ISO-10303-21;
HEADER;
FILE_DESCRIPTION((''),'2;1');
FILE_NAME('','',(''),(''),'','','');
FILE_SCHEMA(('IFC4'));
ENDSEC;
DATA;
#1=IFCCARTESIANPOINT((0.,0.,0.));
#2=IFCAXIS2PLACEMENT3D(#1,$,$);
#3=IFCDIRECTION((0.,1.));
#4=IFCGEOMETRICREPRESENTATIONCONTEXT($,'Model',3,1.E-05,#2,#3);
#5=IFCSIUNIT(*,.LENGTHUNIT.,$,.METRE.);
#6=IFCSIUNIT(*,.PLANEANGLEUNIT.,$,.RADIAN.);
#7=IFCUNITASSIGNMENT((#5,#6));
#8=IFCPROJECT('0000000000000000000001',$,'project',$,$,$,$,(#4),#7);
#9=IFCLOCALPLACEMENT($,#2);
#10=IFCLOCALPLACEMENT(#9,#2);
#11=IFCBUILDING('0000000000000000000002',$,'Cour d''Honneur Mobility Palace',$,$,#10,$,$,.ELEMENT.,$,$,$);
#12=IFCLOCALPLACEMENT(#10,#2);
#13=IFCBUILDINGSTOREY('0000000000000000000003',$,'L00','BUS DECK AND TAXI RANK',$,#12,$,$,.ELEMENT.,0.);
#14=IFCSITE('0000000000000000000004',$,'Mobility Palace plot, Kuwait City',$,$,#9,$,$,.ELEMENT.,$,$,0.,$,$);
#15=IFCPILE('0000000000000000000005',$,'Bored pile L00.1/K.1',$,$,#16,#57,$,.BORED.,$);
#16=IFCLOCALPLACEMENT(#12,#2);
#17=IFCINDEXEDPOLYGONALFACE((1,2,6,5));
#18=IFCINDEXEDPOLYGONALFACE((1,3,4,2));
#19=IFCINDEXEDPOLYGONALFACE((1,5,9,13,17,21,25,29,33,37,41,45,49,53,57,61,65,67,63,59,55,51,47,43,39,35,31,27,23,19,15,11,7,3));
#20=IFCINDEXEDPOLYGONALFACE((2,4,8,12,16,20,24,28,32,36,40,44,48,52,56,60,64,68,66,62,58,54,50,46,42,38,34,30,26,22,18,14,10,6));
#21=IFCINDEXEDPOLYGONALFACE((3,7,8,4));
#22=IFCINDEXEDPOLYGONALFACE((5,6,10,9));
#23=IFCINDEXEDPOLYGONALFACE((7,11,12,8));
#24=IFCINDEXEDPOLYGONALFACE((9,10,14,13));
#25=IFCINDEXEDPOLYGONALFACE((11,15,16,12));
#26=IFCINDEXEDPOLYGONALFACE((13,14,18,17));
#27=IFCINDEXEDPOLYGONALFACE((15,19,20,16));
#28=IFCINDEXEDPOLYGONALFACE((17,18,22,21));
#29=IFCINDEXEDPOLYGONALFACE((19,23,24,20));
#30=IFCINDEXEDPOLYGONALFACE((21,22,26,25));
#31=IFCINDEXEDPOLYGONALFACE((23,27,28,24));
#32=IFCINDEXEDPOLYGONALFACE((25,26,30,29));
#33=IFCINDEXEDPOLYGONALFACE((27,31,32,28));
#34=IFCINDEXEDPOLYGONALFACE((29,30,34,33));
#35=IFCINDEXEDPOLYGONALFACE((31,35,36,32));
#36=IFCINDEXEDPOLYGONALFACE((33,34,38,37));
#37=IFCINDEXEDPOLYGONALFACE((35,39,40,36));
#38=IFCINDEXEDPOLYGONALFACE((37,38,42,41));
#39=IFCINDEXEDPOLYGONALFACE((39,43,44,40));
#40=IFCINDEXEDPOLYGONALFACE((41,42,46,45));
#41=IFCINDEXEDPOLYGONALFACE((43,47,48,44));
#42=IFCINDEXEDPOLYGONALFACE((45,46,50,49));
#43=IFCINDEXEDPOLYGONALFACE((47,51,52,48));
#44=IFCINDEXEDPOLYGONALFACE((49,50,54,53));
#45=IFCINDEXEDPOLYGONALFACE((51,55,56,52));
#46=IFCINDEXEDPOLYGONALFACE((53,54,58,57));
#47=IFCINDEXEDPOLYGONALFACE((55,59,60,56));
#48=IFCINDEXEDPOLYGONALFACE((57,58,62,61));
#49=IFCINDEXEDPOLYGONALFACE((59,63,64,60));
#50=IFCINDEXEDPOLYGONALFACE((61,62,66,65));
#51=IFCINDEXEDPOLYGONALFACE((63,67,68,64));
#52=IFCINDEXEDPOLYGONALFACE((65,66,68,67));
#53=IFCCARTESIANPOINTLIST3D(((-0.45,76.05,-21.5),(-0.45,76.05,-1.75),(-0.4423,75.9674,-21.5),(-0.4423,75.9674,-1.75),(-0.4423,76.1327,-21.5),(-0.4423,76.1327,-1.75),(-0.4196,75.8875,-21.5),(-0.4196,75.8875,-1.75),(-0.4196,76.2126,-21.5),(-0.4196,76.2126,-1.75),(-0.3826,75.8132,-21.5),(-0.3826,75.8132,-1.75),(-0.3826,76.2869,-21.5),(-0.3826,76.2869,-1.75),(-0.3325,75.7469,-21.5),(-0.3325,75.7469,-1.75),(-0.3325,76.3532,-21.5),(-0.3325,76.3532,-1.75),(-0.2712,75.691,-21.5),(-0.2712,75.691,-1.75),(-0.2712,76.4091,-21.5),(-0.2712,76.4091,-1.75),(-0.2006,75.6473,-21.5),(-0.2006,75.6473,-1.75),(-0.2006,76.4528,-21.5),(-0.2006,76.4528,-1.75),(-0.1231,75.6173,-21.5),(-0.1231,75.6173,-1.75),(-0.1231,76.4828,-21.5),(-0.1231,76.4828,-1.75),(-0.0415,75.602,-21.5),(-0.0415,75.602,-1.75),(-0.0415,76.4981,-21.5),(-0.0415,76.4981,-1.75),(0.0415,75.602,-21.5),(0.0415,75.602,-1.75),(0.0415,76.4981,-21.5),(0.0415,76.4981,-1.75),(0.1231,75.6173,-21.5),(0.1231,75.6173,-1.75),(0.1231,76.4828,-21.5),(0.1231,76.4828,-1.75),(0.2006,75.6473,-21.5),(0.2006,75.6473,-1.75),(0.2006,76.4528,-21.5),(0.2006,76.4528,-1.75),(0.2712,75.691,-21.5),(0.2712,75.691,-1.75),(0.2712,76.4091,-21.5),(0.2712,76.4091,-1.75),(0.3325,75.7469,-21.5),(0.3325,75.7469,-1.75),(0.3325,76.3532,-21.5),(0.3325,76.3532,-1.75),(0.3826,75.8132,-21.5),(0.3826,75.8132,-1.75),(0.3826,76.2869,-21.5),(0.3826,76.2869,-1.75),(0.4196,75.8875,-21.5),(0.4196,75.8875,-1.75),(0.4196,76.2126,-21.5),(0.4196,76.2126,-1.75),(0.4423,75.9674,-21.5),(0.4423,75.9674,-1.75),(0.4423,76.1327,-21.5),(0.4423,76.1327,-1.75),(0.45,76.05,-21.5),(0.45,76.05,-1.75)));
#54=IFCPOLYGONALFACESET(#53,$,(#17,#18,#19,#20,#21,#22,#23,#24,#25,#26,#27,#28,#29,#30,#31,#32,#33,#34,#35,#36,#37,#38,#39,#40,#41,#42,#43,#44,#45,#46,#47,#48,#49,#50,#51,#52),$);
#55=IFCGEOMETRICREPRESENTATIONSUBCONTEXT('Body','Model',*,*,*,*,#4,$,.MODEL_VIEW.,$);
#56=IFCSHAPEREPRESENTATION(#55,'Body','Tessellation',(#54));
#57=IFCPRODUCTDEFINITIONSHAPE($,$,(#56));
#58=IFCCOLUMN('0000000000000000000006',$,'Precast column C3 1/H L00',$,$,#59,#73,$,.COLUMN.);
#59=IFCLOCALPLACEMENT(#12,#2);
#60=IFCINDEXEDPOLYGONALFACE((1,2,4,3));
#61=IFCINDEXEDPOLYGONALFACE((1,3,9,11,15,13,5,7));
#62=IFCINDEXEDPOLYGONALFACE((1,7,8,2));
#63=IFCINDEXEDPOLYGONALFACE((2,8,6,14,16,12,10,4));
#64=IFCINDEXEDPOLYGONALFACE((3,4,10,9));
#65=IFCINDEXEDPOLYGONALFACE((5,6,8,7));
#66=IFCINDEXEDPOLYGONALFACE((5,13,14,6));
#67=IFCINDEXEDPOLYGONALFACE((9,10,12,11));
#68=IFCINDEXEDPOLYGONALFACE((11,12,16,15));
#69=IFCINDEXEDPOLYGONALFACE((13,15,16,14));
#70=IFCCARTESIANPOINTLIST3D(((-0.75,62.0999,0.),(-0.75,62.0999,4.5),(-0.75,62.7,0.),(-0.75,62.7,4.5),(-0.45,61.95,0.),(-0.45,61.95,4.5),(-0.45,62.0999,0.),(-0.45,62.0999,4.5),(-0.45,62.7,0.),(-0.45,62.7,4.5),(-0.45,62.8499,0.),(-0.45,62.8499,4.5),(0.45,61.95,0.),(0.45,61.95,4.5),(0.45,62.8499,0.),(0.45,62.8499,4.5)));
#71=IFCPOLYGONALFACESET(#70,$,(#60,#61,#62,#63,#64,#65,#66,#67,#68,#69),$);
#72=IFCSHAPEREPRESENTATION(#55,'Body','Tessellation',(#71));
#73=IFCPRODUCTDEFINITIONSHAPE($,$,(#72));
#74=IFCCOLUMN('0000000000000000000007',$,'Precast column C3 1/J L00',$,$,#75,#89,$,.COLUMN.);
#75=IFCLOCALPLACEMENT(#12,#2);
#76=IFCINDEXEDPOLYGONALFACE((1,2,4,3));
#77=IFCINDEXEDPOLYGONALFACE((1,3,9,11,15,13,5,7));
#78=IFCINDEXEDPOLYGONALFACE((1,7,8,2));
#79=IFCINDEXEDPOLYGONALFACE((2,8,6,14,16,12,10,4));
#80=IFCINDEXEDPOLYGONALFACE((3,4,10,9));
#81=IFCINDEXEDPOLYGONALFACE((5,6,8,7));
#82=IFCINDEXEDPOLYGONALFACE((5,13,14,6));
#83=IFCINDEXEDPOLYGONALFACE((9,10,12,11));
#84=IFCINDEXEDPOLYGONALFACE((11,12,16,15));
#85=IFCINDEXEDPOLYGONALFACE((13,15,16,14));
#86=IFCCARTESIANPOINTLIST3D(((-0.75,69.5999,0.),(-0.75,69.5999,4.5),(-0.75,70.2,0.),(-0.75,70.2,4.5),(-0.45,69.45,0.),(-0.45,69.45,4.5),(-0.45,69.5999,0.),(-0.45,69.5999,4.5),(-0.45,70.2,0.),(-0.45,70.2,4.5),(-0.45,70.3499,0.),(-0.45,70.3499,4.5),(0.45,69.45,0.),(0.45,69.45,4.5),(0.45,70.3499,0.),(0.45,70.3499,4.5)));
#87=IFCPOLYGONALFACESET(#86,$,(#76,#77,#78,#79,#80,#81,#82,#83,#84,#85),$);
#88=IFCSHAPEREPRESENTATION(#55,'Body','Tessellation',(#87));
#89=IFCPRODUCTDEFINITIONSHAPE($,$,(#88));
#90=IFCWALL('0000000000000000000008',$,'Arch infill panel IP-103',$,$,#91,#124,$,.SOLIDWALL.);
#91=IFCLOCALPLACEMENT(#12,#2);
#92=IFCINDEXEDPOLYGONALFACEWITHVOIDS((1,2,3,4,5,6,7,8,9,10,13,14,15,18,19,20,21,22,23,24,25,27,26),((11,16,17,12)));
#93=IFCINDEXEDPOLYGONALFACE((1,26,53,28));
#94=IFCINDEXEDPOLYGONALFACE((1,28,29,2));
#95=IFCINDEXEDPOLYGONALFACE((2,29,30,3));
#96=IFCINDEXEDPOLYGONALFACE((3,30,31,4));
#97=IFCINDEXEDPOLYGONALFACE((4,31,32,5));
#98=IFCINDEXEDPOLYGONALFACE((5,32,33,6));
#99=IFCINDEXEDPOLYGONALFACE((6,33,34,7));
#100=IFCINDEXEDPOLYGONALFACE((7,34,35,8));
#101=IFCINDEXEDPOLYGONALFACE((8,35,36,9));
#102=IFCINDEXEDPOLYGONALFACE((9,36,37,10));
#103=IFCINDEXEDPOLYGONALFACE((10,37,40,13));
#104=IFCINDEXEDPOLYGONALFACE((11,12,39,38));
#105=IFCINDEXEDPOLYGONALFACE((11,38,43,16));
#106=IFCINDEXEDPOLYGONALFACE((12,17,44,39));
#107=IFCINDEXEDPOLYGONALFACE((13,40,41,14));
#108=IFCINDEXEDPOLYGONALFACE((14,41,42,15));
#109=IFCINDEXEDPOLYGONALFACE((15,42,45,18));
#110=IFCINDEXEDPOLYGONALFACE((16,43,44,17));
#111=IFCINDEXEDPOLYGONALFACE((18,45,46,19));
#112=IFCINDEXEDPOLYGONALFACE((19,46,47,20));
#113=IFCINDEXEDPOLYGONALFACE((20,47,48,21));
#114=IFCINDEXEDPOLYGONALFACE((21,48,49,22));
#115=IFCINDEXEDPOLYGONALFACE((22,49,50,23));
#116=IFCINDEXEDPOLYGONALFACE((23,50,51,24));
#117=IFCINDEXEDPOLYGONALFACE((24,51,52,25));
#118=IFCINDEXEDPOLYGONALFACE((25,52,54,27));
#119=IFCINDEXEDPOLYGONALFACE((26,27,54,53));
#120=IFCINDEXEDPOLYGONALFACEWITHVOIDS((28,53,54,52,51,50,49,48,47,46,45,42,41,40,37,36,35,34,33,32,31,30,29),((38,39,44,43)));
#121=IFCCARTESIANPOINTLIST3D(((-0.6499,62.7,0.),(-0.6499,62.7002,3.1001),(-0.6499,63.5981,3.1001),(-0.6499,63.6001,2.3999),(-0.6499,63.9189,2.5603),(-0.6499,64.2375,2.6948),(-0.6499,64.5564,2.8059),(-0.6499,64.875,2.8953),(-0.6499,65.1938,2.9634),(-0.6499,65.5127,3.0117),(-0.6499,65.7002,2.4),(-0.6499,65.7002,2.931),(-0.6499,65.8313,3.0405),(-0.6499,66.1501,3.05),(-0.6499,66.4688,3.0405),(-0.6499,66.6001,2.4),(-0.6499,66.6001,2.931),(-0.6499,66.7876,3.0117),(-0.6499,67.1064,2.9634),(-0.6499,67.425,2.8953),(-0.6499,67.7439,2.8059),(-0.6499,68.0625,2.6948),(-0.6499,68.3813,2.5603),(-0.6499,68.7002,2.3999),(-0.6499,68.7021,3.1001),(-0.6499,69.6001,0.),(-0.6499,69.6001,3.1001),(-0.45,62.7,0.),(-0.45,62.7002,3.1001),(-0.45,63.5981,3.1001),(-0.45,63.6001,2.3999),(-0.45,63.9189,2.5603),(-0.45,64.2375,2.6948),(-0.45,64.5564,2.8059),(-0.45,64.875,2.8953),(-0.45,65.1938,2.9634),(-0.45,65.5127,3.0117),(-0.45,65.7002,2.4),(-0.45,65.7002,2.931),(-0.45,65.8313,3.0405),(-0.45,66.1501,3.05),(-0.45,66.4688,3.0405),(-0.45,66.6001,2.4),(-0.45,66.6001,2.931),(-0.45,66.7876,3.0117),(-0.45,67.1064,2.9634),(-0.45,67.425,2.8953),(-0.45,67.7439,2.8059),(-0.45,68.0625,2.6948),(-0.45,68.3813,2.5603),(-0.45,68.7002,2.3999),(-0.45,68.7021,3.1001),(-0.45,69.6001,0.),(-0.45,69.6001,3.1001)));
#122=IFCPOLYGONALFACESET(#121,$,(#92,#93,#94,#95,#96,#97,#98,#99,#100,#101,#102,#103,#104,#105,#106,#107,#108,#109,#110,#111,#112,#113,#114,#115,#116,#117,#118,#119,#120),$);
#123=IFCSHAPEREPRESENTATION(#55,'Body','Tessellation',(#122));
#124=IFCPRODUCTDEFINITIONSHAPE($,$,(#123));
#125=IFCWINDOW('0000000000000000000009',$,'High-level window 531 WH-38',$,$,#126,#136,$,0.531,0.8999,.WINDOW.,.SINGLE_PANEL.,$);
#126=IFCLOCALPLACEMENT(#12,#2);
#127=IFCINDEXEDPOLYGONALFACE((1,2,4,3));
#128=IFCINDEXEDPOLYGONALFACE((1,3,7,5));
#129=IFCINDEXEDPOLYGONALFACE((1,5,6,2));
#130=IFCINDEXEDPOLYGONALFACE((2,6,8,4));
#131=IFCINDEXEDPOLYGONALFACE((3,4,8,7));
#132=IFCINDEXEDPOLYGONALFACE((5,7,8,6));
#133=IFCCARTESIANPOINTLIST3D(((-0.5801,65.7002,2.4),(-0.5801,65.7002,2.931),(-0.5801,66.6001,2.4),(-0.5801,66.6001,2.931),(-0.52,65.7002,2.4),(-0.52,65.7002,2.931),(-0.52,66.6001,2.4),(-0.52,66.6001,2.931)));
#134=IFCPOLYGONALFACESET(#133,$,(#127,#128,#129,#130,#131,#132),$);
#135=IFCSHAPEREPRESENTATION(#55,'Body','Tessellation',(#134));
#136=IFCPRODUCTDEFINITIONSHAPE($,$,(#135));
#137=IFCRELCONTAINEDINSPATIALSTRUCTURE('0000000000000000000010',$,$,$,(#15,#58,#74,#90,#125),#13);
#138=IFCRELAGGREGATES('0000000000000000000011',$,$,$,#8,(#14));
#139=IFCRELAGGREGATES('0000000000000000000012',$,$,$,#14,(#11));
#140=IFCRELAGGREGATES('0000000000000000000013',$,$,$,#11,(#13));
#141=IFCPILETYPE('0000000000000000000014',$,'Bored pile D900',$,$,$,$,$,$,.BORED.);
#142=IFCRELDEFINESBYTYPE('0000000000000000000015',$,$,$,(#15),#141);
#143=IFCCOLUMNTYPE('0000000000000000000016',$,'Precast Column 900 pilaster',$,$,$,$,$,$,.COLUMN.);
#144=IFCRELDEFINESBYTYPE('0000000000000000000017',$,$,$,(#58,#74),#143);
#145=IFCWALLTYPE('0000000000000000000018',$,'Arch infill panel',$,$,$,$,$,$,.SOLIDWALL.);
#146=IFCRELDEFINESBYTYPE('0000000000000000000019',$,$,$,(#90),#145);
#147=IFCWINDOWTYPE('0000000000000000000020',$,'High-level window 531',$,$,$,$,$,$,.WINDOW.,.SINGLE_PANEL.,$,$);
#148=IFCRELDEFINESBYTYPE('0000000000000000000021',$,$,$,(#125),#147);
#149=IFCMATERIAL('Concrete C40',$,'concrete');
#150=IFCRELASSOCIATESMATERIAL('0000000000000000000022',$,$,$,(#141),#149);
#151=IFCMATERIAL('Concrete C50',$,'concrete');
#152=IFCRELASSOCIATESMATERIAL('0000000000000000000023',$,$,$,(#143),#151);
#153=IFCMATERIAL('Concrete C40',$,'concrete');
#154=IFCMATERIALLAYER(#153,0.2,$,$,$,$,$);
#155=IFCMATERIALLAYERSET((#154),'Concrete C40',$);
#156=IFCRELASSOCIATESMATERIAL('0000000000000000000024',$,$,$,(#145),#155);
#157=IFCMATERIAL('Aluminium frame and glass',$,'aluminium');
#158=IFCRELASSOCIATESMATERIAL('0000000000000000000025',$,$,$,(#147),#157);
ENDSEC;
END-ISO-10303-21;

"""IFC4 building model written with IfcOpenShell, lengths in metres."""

from ifc_helpers import new_model, si_unit, direction, frame, frame_2d, origin, origin_2d, place, context, subcontext, project, spatial, polyline, rectangle, circle, outline, extrude, material, layer, layer_set, material_profile, profile_set, type_object, element, fill, save


model = new_model("IFC4")

# Units and contexts
model_context = context("Model", 3, precision=1e-05, world=origin(), true_north=direction((0.0, 1.0)))
body_context = subcontext(model_context, "Body", "Model", "MODEL_VIEW")
ifc_project = project(units=[si_unit("LENGTHUNIT", "METRE"), si_unit("PLANEANGLEUNIT", "RADIAN")], contexts=[model_context])

# Site, building, storey
site_placement = place(None, origin())
site = spatial("IfcSite", under=ifc_project, at=site_placement, Name="Mobility Palace plot, Kuwait City", CompositionType="ELEMENT", RefElevation=0.0)
building_placement = place(site_placement, origin())
building = spatial("IfcBuilding", under=site, at=building_placement, Name="Cour d'Honneur Mobility Palace", CompositionType="ELEMENT")
storey_placement = place(building_placement, origin())
storey = spatial("IfcBuildingStorey", under=building, at=storey_placement, Name="L00", Description="BUS DECK AND TAXI RANK", CompositionType="ELEMENT", Elevation=0.0)

# Pile
ifc_material_1 = material(Name="Concrete C40", Category="concrete")
ifc_material_profile_1 = material_profile(ifc_material_1, circle(Radius=0.45, at=origin_2d()), Name="Bored pile D900")
ifc_profile_set_1 = profile_set([ifc_material_profile_1], Name="Concrete C40")
pile_type = type_object("IfcPileType", Name="Bored pile D900", PredefinedType="BORED", material=ifc_profile_set_1)
for number, where, z_axis, x_axis, name in (
    (1, (0.0, 76.05, -1.75), (0.0, 0.0, -1.0), (1.0, 0.0, 0.0), "Bored pile L00.1/K.1"),
):
    element("IfcPile", number, at=place(storey_placement, frame(where, z_axis=z_axis, x_axis=x_axis)), inside=storey, type_object=pile_type, Name=name, PredefinedType="BORED", context=body_context, shape_type="SweptSolid", body=[
        extrude(circle(Radius=0.45, at=origin_2d()), origin(), (0.0, 0.0, 1.0), 19.75),
    ])

# Columns
ifc_material_2 = material(Name="Concrete C50", Category="concrete")
ifc_material_profile_2 = material_profile(ifc_material_2, outline(polyline([(-0.45, -0.45), (0.45, -0.45), (0.45, -0.3), (0.75, -0.3), (0.75, 0.3), (0.45, 0.3), (0.45, 0.45), (-0.45, 0.45), (-0.45, -0.45)])), Name="PC C900 pilaster")
ifc_profile_set_2 = profile_set([ifc_material_profile_2], Name="Concrete C50")
column_type = type_object("IfcColumnType", Name="Precast Column 900 pilaster", PredefinedType="COLUMN", material=ifc_profile_set_2)
for number, where, z_axis, x_axis, name in (
    (2, (0.0, 62.3999, 0.0), (0.0, 0.0, 1.0), (-1.0, 0.0, 0.0), "Precast column C3 1/H L00"),
    (3, (0.0, 69.8999, 0.0), (0.0, 0.0, 1.0), (-1.0, 0.0, 0.0), "Precast column C3 1/J L00"),
):
    element("IfcColumn", number, at=place(storey_placement, frame(where, z_axis=z_axis, x_axis=x_axis)), inside=storey, type_object=column_type, Name=name, PredefinedType="COLUMN", context=body_context, shape_type="SweptSolid", body=[
        extrude(outline(polyline([(-0.45, -0.45), (0.45, -0.45), (0.45, -0.3), (0.75, -0.3), (0.75, 0.3), (0.45, 0.3), (0.45, 0.45), (-0.45, 0.45), (-0.45, -0.45)])), origin(), (0.0, 0.0, 1.0), 4.5),
    ])

# Wall, opening, window
ifc_material_3 = material(Name="Concrete C40", Category="concrete")
ifc_layer_1 = layer(ifc_material_3, 0.2)
ifc_layer_set_1 = layer_set([ifc_layer_1], Name="Concrete C40")
wall_type_1 = type_object("IfcWallType", Name="Arch infill panel", PredefinedType="SOLIDWALL", material=ifc_layer_set_1)
wall_1_placement = place(storey_placement, frame((-0.55, 69.6001, 0.0), z_axis=(0.0, 0.0, 1.0), x_axis=(0.0, -1.0, 0.0)))
wall_1 = element("IfcWall", 4, at=wall_1_placement, inside=storey, type_object=wall_type_1, Name="Arch infill panel IP-103", PredefinedType="SOLIDWALL", context=body_context, shape_type="SweptSolid", body=[
    extrude(outline(polyline([(0.0, 0.0), (6.9001, 0.0), (6.8999, 3.1001), (6.002, 3.1001), (6.0, 2.3999), (5.6812, 2.5603), (5.3625, 2.6948), (5.0437, 2.8059), (4.7251, 2.8953), (4.4062, 2.9634), (4.0874, 3.0117), (3.7688, 3.0405), (3.45, 3.05), (3.1313, 3.0405), (2.8125, 3.0117), (2.4937, 2.9634), (2.175, 2.8953), (1.8562, 2.8059), (1.5376, 2.6948), (1.2188, 2.5603), (0.8999, 2.3999), (0.8979, 3.1001), (0.0, 3.1001), (0.0, 0.0)])), frame((0.0, 0.1001, 0.0), z_axis=(0.0, -1.0, 0.0), x_axis=(1.0, 0.0, 0.0)), (0.0, 0.0, 1.0), 0.2),
])
opening_1_placement = place(wall_1_placement, frame((3.0, 0.0, 2.3999)))
opening_1 = element("IfcOpeningElement", 5, at=opening_1_placement, cuts=wall_1, PredefinedType="OPENING", context=body_context, shape_type="SweptSolid", body=[
    extrude(rectangle(XDim=0.8999, YDim=0.531, at=frame_2d((0.45, 0.2656))), frame((0.0, 0.1099, 0.0), z_axis=(0.0, -1.0, 0.0), x_axis=(1.0, 0.0, 0.0)), (0.0, 0.0, 1.0), 0.22),
])
ifc_material_4 = material(Name="Aluminium frame and glass", Category="aluminium")
window_type_1 = type_object("IfcWindowType", Name="High-level window 531", PartitioningType="SINGLE_PANEL", PredefinedType="WINDOW", material=ifc_material_4)
window_1_placement = place(opening_1_placement, origin())
window_1 = element("IfcWindow", 6, at=window_1_placement, inside=storey, type_object=window_type_1, Name="High-level window 531 WH-38", OverallHeight=0.531, OverallWidth=0.8999, PartitioningType="SINGLE_PANEL", PredefinedType="WINDOW", context=body_context, shape_type="SweptSolid", body=[
    extrude(rectangle(XDim=0.8999, YDim=0.531, at=frame_2d((0.45, 0.2656))), frame((0.0, 0.03, 0.0), z_axis=(0.0, -1.0, 0.0), x_axis=(1.0, 0.0, 0.0)), (0.0, 0.0, 1.0), 0.0601),
])
fill(opening_1, window_1)

save(model, "model.ifc")
